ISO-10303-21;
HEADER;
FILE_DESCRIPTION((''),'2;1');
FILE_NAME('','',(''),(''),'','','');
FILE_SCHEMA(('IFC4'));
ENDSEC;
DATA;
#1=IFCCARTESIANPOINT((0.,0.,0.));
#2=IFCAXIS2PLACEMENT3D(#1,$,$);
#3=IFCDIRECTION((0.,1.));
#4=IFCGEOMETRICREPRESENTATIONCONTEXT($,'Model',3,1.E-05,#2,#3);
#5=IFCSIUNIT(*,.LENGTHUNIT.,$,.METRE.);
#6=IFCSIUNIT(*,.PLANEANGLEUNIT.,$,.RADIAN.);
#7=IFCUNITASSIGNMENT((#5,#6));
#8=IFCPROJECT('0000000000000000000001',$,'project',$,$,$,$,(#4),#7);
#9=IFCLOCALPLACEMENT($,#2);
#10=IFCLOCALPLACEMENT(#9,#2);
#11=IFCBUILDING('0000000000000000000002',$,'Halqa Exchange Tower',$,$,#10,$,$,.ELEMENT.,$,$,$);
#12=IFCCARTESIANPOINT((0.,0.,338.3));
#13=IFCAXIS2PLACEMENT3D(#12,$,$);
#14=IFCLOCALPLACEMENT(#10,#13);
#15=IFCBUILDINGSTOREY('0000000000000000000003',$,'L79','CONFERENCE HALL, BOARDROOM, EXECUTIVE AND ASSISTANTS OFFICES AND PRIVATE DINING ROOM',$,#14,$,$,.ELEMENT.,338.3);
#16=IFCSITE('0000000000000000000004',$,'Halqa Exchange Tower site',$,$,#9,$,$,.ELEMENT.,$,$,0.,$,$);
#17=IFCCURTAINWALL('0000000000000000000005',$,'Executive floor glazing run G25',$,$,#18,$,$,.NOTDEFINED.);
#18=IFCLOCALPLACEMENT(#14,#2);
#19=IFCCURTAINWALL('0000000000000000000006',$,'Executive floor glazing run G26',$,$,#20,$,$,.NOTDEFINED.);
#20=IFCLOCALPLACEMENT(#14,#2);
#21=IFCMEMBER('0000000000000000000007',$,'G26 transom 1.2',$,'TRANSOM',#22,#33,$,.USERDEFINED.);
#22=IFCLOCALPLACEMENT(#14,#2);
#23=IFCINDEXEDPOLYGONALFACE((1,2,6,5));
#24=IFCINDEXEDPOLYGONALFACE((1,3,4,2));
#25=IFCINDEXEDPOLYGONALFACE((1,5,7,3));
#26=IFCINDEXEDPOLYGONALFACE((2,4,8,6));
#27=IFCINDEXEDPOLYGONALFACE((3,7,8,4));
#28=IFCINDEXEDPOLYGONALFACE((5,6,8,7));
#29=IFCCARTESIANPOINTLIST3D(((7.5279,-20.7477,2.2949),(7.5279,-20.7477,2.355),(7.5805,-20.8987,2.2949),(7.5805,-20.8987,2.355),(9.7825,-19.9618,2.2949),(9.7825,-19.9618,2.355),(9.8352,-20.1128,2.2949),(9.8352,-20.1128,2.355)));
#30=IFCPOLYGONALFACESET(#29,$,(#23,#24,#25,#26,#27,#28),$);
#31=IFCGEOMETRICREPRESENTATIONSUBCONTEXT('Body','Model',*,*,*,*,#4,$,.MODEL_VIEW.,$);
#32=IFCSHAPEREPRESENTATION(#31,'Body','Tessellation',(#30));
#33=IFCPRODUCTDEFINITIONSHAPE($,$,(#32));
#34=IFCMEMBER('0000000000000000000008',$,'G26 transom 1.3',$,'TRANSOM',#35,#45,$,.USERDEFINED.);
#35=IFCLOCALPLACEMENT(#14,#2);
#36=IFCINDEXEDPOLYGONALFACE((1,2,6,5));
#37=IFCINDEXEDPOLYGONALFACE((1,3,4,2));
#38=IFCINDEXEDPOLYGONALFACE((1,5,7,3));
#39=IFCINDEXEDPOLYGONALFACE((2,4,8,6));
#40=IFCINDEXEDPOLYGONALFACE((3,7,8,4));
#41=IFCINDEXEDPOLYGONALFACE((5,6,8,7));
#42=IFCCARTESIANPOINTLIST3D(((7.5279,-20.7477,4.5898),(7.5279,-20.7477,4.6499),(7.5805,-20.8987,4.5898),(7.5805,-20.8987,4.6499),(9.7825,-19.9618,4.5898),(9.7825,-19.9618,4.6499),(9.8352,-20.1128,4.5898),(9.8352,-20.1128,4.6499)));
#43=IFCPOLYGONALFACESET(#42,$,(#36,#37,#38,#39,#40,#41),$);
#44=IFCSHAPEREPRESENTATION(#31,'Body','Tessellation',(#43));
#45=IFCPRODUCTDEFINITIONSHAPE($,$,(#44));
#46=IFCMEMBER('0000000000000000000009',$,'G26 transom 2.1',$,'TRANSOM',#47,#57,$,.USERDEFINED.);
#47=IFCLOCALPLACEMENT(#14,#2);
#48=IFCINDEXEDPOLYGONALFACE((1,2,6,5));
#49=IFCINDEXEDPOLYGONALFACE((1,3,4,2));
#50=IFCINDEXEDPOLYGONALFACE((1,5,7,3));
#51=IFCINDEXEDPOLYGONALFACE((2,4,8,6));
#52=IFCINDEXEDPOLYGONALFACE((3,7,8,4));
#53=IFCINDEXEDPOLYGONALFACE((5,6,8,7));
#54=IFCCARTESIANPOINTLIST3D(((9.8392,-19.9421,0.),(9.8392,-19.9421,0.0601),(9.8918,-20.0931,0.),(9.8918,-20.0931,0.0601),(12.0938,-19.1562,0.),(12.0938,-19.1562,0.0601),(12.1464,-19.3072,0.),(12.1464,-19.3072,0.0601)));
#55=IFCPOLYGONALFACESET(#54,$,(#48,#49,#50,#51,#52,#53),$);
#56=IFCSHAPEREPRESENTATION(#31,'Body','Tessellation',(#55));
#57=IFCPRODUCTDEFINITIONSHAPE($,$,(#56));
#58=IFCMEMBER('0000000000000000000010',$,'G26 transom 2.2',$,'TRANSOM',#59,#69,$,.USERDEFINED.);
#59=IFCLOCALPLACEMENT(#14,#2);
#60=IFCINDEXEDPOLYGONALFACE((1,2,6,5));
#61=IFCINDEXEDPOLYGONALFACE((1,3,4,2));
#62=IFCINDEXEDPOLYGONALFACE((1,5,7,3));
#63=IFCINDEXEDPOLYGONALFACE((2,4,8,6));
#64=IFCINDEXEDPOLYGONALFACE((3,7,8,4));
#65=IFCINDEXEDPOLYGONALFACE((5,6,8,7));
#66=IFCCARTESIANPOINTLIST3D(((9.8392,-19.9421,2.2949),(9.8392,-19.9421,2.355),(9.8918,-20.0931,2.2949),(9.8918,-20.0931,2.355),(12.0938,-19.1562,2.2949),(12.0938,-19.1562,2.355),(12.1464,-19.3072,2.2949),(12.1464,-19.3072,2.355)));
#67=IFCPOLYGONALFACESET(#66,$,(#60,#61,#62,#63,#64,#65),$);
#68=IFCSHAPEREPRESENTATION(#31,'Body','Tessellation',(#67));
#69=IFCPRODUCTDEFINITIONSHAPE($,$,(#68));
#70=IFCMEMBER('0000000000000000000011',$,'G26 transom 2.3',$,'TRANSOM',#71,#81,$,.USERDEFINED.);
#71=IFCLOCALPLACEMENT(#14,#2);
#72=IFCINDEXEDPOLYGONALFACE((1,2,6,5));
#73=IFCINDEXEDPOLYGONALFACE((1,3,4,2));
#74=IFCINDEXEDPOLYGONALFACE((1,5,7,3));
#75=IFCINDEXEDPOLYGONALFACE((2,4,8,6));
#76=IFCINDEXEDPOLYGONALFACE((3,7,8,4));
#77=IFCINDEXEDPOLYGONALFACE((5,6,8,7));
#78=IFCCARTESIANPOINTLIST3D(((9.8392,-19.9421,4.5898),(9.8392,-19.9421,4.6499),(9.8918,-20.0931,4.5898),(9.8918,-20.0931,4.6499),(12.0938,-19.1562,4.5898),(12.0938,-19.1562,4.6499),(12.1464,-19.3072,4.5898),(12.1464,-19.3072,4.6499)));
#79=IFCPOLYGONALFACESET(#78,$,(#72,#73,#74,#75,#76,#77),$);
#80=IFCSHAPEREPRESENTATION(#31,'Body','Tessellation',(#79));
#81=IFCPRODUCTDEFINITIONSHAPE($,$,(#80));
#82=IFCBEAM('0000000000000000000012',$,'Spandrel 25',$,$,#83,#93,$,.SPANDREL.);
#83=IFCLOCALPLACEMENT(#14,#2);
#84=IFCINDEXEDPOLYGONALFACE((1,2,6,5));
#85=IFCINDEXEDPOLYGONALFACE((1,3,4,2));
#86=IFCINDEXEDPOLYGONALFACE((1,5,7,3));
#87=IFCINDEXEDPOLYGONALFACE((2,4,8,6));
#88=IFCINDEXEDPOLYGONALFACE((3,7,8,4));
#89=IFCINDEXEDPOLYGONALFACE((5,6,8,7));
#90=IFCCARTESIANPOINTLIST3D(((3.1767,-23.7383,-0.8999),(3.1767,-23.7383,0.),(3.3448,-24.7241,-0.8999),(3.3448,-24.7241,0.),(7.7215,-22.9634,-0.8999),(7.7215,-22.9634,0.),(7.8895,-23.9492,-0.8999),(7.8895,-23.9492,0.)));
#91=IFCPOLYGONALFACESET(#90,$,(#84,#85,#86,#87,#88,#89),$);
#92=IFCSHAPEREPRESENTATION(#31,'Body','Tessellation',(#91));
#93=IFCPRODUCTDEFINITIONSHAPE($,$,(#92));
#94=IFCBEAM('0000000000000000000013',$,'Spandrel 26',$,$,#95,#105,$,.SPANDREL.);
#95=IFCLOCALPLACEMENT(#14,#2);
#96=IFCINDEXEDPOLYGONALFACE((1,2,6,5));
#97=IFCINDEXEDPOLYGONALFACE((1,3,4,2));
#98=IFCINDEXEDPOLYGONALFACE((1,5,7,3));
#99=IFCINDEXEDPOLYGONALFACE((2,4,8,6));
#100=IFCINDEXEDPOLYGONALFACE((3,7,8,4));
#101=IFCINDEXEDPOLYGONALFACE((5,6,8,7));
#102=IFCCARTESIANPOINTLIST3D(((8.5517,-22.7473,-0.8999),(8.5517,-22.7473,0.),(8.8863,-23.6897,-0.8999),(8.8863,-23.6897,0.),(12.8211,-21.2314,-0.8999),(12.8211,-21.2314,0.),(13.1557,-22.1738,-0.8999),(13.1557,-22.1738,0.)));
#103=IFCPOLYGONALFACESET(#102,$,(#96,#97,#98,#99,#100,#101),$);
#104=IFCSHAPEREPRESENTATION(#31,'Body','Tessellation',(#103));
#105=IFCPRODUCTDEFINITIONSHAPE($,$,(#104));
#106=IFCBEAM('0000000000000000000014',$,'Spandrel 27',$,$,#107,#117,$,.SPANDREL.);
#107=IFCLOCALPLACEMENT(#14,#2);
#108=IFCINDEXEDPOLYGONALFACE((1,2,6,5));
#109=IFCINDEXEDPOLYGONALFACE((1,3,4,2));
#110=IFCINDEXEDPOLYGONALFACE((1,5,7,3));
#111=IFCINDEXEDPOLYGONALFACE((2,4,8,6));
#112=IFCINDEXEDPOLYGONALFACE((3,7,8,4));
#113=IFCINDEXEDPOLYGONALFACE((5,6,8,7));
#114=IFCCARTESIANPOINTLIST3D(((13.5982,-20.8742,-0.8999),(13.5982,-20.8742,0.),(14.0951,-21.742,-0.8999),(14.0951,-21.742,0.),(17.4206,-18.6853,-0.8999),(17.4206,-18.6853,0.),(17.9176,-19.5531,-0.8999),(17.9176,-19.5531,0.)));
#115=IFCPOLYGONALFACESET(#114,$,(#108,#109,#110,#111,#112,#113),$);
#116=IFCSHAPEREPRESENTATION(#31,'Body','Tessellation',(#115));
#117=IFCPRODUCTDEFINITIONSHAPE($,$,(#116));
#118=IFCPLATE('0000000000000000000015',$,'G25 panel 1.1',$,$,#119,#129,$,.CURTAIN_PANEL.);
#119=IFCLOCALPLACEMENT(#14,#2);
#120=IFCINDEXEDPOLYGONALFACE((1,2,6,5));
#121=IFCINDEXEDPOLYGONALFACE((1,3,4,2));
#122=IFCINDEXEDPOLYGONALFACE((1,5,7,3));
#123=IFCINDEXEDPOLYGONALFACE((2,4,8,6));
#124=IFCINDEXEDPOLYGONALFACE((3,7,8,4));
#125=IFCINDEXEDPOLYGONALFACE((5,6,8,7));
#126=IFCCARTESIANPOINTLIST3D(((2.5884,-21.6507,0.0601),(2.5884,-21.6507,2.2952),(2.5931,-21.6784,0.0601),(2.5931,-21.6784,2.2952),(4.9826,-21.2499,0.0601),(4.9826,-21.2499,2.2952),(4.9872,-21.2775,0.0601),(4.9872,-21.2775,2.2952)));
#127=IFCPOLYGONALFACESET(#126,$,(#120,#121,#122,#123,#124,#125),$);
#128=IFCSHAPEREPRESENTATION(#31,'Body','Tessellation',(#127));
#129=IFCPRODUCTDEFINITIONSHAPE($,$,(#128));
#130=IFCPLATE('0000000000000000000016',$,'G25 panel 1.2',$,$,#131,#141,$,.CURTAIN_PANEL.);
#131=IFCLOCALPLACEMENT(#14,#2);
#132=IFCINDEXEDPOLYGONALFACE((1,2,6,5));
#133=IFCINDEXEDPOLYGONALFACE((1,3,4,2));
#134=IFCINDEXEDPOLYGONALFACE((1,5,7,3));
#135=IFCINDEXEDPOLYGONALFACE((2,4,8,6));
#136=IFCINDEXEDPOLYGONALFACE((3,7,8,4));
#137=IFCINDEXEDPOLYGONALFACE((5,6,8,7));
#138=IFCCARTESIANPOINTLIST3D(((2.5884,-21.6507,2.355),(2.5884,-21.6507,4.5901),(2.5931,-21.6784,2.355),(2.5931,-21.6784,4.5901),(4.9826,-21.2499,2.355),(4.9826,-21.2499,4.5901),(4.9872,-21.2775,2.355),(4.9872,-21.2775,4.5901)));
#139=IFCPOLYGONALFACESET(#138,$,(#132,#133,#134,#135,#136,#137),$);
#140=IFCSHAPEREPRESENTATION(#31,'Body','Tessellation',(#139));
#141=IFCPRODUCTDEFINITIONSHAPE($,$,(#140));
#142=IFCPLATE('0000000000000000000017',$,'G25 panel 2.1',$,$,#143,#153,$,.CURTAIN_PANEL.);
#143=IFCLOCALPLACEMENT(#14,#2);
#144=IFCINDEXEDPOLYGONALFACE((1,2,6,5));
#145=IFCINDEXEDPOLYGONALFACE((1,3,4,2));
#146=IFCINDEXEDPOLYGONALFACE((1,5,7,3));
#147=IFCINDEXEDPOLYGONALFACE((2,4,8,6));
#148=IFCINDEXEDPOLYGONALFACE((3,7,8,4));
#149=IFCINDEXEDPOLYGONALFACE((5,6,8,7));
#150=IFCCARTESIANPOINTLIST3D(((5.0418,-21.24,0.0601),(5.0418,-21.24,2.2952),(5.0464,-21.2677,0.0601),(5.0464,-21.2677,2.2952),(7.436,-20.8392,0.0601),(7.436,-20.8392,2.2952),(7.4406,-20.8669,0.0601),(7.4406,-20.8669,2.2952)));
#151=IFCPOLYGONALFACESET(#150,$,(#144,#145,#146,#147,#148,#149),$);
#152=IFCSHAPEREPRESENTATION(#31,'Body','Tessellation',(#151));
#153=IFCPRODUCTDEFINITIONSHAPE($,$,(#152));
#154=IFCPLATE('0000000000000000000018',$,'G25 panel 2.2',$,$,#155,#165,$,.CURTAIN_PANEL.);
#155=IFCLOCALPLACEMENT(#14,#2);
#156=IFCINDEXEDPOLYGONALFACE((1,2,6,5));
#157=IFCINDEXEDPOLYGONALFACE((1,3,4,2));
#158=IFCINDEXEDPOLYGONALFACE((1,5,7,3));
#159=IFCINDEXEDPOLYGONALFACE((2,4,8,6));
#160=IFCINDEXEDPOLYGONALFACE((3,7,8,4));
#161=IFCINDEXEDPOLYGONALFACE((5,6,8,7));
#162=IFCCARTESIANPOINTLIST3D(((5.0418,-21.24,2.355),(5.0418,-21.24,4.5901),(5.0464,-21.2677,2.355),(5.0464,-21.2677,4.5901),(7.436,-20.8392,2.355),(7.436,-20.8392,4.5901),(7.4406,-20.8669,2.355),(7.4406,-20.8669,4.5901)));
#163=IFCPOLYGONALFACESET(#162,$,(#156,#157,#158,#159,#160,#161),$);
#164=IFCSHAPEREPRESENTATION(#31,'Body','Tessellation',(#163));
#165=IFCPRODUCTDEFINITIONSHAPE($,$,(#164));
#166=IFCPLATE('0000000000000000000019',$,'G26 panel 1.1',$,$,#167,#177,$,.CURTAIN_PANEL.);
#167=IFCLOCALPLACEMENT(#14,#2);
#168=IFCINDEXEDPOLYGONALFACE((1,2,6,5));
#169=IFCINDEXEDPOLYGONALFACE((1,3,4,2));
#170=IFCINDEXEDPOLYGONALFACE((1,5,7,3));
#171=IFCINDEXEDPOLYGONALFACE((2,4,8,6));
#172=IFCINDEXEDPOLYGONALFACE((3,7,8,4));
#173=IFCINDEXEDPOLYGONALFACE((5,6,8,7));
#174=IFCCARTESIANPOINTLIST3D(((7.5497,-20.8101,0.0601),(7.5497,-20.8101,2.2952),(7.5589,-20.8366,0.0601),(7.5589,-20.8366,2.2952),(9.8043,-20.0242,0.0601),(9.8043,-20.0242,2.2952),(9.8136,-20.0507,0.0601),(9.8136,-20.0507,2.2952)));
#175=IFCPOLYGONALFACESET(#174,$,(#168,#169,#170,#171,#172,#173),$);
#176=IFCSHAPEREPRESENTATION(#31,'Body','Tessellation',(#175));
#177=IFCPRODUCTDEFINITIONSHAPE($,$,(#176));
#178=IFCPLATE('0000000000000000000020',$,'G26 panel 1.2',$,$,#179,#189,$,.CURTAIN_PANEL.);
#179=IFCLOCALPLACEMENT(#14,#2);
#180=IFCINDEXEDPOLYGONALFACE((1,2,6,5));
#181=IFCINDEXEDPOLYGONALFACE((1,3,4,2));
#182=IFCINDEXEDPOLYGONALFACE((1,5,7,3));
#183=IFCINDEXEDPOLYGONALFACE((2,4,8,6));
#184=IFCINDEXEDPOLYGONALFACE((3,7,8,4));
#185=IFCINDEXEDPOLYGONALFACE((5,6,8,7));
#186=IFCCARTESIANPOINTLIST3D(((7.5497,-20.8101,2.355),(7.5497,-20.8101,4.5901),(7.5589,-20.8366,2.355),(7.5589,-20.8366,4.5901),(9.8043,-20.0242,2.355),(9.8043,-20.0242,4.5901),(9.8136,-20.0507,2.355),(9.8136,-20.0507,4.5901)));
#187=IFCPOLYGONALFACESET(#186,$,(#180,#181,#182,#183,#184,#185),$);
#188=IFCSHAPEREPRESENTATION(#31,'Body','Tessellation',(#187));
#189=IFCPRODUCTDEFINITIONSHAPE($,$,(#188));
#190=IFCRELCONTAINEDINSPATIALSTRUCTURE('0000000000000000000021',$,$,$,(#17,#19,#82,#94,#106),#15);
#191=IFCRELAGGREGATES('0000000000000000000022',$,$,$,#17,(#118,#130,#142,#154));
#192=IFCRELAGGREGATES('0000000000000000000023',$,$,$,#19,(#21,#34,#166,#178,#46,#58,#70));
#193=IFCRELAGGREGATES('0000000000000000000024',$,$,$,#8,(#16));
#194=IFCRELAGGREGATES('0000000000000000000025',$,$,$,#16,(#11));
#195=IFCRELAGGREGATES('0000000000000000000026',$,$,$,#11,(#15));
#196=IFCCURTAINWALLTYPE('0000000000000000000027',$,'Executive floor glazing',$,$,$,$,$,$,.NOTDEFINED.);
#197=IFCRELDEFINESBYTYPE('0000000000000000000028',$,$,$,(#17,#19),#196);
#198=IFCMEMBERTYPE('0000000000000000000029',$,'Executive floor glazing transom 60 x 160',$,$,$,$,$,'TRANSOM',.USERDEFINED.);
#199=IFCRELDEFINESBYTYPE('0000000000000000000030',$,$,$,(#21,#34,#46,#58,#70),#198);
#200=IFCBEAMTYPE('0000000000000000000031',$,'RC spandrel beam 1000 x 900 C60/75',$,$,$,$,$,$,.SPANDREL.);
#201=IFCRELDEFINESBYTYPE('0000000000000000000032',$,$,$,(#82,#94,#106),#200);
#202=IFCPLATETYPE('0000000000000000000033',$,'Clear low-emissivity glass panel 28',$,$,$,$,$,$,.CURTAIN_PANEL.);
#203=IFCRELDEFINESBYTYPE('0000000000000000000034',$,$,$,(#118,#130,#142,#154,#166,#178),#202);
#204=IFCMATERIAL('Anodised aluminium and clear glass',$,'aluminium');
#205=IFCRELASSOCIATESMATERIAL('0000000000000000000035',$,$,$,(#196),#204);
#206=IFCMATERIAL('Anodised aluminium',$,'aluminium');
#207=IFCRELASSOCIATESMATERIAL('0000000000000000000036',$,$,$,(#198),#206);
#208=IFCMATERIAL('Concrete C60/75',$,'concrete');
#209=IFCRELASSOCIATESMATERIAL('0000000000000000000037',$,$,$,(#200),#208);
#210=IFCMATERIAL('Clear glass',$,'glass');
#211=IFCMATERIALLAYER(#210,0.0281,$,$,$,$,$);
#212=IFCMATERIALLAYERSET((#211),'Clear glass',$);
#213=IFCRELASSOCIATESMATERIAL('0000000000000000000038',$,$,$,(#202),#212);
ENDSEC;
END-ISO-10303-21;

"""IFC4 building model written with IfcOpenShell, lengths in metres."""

from ifc_helpers import new_model, si_unit, direction, frame, origin, origin_2d, place, context, subcontext, project, spatial, rectangle, extrude, material, layer, layer_set, material_profile, profile_set, type_object, element, aggregate, save


model = new_model("IFC4")

# Units and contexts
model_context = context("Model", 3, precision=1e-05, world=origin(), true_north=direction((0.0, 1.0)))
body_context = subcontext(model_context, "Body", "Model", "MODEL_VIEW")
ifc_project = project(units=[si_unit("LENGTHUNIT", "METRE"), si_unit("PLANEANGLEUNIT", "RADIAN")], contexts=[model_context])

# Site, building, storey
site_placement = place(None, origin())
site = spatial("IfcSite", under=ifc_project, at=site_placement, Name="Halqa Exchange Tower site", CompositionType="ELEMENT", RefElevation=0.0)
building_placement = place(site_placement, origin())
building = spatial("IfcBuilding", under=site, at=building_placement, Name="Halqa Exchange Tower", CompositionType="ELEMENT")
storey_placement = place(building_placement, frame((0.0, 0.0, 338.3)))
storey = spatial("IfcBuildingStorey", under=building, at=storey_placement, Name="L79", Description="CONFERENCE HALL, BOARDROOM, EXECUTIVE AND ASSISTANTS OFFICES AND PRIVATE DINING ROOM", CompositionType="ELEMENT", Elevation=338.3)

# Curtain walls
ifc_material_1 = material(Name="Anodised aluminium and clear glass", Category="aluminium")
curtain_wall_type = type_object("IfcCurtainWallType", Name="Executive floor glazing", PredefinedType="NOTDEFINED", material=ifc_material_1)
curtain_wall_1_placement = place(storey_placement, origin())
curtain_wall_1 = element("IfcCurtainWall", 1, at=curtain_wall_1_placement, inside=storey, type_object=curtain_wall_type, Name="Executive floor glazing run G25", PredefinedType="NOTDEFINED")
ifc_material_2 = material(Name="Anodised aluminium", Category="aluminium")
curtain_wall_2_placement = place(storey_placement, origin())
curtain_wall_2 = element("IfcCurtainWall", 2, at=curtain_wall_2_placement, inside=storey, type_object=curtain_wall_type, Name="Executive floor glazing run G26", PredefinedType="NOTDEFINED")

# Members
ifc_material_profile_1 = material_profile(ifc_material_2, rectangle(XDim=0.1599, YDim=0.0601, at=origin_2d()), Name="AL 60x160")
ifc_profile_set_1 = profile_set([ifc_material_profile_1], Name="Anodised aluminium")
member_type_1 = type_object("IfcMemberType", Name="Executive floor glazing transom 60 x 160", ElementType="TRANSOM", PredefinedType="USERDEFINED", material=ifc_profile_set_1)
member_1_placement = place(storey_placement, frame((7.5542, -20.8232, 2.325), z_axis=(0.94428, 0.329143, 0.0), x_axis=(-0.329143, 0.94428, 0.0)))
member_1 = element("IfcMember", 3, at=member_1_placement, type_object=member_type_1, Name="G26 transom 1.2", ObjectType="TRANSOM", PredefinedType="USERDEFINED", context=body_context, shape_type="SweptSolid", body=[
    extrude(rectangle(XDim=0.1599, YDim=0.0601, at=origin_2d()), origin(), (0.0, 0.0, 1.0), 2.3877),
])
member_2_placement = place(storey_placement, frame((7.5542, -20.8232, 4.6199), z_axis=(0.94428, 0.329143, 0.0), x_axis=(-0.329143, 0.94428, 0.0)))
member_2 = element("IfcMember", 4, at=member_2_placement, type_object=member_type_1, Name="G26 transom 1.3", ObjectType="TRANSOM", PredefinedType="USERDEFINED", context=body_context, shape_type="SweptSolid", body=[
    extrude(rectangle(XDim=0.1599, YDim=0.0601, at=origin_2d()), origin(), (0.0, 0.0, 1.0), 2.3877),
])
member_3_placement = place(storey_placement, frame((9.8655, -20.0176, 0.03), z_axis=(0.94428, 0.329143, 0.0), x_axis=(-0.329143, 0.94428, 0.0)))
member_3 = element("IfcMember", 5, at=member_3_placement, type_object=member_type_1, Name="G26 transom 2.1", ObjectType="TRANSOM", PredefinedType="USERDEFINED", context=body_context, shape_type="SweptSolid", body=[
    extrude(rectangle(XDim=0.1599, YDim=0.0601, at=origin_2d()), origin(), (0.0, 0.0, 1.0), 2.3877),
])
member_4_placement = place(storey_placement, frame((9.8655, -20.0176, 2.325), z_axis=(0.94428, 0.329143, 0.0), x_axis=(-0.329143, 0.94428, 0.0)))
member_4 = element("IfcMember", 6, at=member_4_placement, type_object=member_type_1, Name="G26 transom 2.2", ObjectType="TRANSOM", PredefinedType="USERDEFINED", context=body_context, shape_type="SweptSolid", body=[
    extrude(rectangle(XDim=0.1599, YDim=0.0601, at=origin_2d()), origin(), (0.0, 0.0, 1.0), 2.3877),
])
member_5_placement = place(storey_placement, frame((9.8655, -20.0176, 4.6199), z_axis=(0.94428, 0.329143, 0.0), x_axis=(-0.329143, 0.94428, 0.0)))
member_5 = element("IfcMember", 7, at=member_5_placement, type_object=member_type_1, Name="G26 transom 2.3", ObjectType="TRANSOM", PredefinedType="USERDEFINED", context=body_context, shape_type="SweptSolid", body=[
    extrude(rectangle(XDim=0.1599, YDim=0.0601, at=origin_2d()), origin(), (0.0, 0.0, 1.0), 2.3877),
])

# Beams
ifc_material_3 = material(Name="Concrete C60/75", Category="concrete")
ifc_material_profile_2 = material_profile(ifc_material_3, rectangle(XDim=1.0, YDim=0.8999, at=origin_2d()), Name="1000 x 900")
ifc_profile_set_2 = profile_set([ifc_material_profile_2], Name="Concrete C60/75")
beam_type = type_object("IfcBeamType", Name="RC spandrel beam 1000 x 900 C60/75", PredefinedType="SPANDREL", material=ifc_profile_set_2)
beam_1_placement = place(storey_placement, frame((3.2607, -24.2312, -0.45), z_axis=(0.985773, 0.168082, 0.0), x_axis=(-0.168082, 0.985773, 0.0)))
element("IfcBeam", 8, at=beam_1_placement, inside=storey, type_object=beam_type, Name="Spandrel 25", PredefinedType="SPANDREL", context=body_context, shape_type="SweptSolid", body=[
    extrude(rectangle(XDim=1.0, YDim=0.8999, at=origin_2d()), origin(), (0.0, 0.0, 1.0), 4.6104),
])
beam_2_placement = place(storey_placement, frame((8.719, -23.2185, -0.45), z_axis=(0.942361, 0.334598, 0.0), x_axis=(-0.334598, 0.942361, 0.0)))
element("IfcBeam", 9, at=beam_2_placement, inside=storey, type_object=beam_type, Name="Spandrel 26", PredefinedType="SPANDREL", context=body_context, shape_type="SweptSolid", body=[
    extrude(rectangle(XDim=1.0, YDim=0.8999, at=origin_2d()), origin(), (0.0, 0.0, 1.0), 4.5305),
])
beam_3_placement = place(storey_placement, frame((13.8467, -21.3081, -0.45), z_axis=(0.867786, 0.496939, 0.0), x_axis=(-0.496939, 0.867786, 0.0)))
element("IfcBeam", 10, at=beam_3_placement, inside=storey, type_object=beam_type, Name="Spandrel 27", PredefinedType="SPANDREL", context=body_context, shape_type="SweptSolid", body=[
    extrude(rectangle(XDim=1.0, YDim=0.8999, at=origin_2d()), origin(), (0.0, 0.0, 1.0), 4.4048),
])

# Plates
ifc_material_4 = material(Name="Clear glass", Category="glass")
ifc_layer = layer(ifc_material_4, 0.0281)
ifc_layer_set = layer_set([ifc_layer], Name="Clear glass")
plate_type = type_object("IfcPlateType", Name="Clear low-emissivity glass panel 28", PredefinedType="CURTAIN_PANEL", material=ifc_layer_set)
plate_1_placement = place(storey_placement, frame((3.7878, -21.4641, 0.0601), z_axis=(0.0, 0.0, 1.0), x_axis=(0.986274, 0.165117, 0.0)))
plate_1 = element("IfcPlate", 11, at=plate_1_placement, type_object=plate_type, Name="G25 panel 1.1", PredefinedType="CURTAIN_PANEL", context=body_context, shape_type="SweptSolid", body=[
    extrude(rectangle(XDim=2.4275, YDim=0.0281, at=origin_2d()), origin(), (0.0, 0.0, 1.0), 2.2351),
])
plate_2_placement = place(storey_placement, frame((3.7878, -21.4641, 2.355), z_axis=(0.0, 0.0, 1.0), x_axis=(0.986274, 0.165117, 0.0)))
plate_2 = element("IfcPlate", 12, at=plate_2_placement, type_object=plate_type, Name="G25 panel 1.2", PredefinedType="CURTAIN_PANEL", context=body_context, shape_type="SweptSolid", body=[
    extrude(rectangle(XDim=2.4275, YDim=0.0281, at=origin_2d()), origin(), (0.0, 0.0, 1.0), 2.2351),
])
plate_3_placement = place(storey_placement, frame((6.2412, -21.0535, 0.0601), z_axis=(0.0, 0.0, 1.0), x_axis=(0.986274, 0.165117, 0.0)))
plate_3 = element("IfcPlate", 13, at=plate_3_placement, type_object=plate_type, Name="G25 panel 2.1", PredefinedType="CURTAIN_PANEL", context=body_context, shape_type="SweptSolid", body=[
    extrude(rectangle(XDim=2.4275, YDim=0.0281, at=origin_2d()), origin(), (0.0, 0.0, 1.0), 2.2351),
])
plate_4_placement = place(storey_placement, frame((6.2412, -21.0535, 2.355), z_axis=(0.0, 0.0, 1.0), x_axis=(0.986274, 0.165117, 0.0)))
plate_4 = element("IfcPlate", 14, at=plate_4_placement, type_object=plate_type, Name="G25 panel 2.2", PredefinedType="CURTAIN_PANEL", context=body_context, shape_type="SweptSolid", body=[
    extrude(rectangle(XDim=2.4275, YDim=0.0281, at=origin_2d()), origin(), (0.0, 0.0, 1.0), 2.2351),
])
aggregate(curtain_wall_1, [plate_1, plate_2, plate_3, plate_4])
plate_5_placement = place(storey_placement, frame((8.6816, -20.4304, 0.0601), z_axis=(0.0, 0.0, 1.0), x_axis=(0.944274, 0.32916, 0.0)))
plate_5 = element("IfcPlate", 15, at=plate_5_placement, type_object=plate_type, Name="G26 panel 1.1", PredefinedType="CURTAIN_PANEL", context=body_context, shape_type="SweptSolid", body=[
    extrude(rectangle(XDim=2.3877, YDim=0.0281, at=origin_2d()), origin(), (0.0, 0.0, 1.0), 2.2351),
])
plate_6_placement = place(storey_placement, frame((8.6816, -20.4304, 2.355), z_axis=(0.0, 0.0, 1.0), x_axis=(0.944274, 0.32916, 0.0)))
plate_6 = element("IfcPlate", 16, at=plate_6_placement, type_object=plate_type, Name="G26 panel 1.2", PredefinedType="CURTAIN_PANEL", context=body_context, shape_type="SweptSolid", body=[
    extrude(rectangle(XDim=2.3877, YDim=0.0281, at=origin_2d()), origin(), (0.0, 0.0, 1.0), 2.2351),
])
aggregate(curtain_wall_2, [member_1, member_2, plate_5, plate_6, member_3, member_4, member_5])

save(model, "model.ifc")
